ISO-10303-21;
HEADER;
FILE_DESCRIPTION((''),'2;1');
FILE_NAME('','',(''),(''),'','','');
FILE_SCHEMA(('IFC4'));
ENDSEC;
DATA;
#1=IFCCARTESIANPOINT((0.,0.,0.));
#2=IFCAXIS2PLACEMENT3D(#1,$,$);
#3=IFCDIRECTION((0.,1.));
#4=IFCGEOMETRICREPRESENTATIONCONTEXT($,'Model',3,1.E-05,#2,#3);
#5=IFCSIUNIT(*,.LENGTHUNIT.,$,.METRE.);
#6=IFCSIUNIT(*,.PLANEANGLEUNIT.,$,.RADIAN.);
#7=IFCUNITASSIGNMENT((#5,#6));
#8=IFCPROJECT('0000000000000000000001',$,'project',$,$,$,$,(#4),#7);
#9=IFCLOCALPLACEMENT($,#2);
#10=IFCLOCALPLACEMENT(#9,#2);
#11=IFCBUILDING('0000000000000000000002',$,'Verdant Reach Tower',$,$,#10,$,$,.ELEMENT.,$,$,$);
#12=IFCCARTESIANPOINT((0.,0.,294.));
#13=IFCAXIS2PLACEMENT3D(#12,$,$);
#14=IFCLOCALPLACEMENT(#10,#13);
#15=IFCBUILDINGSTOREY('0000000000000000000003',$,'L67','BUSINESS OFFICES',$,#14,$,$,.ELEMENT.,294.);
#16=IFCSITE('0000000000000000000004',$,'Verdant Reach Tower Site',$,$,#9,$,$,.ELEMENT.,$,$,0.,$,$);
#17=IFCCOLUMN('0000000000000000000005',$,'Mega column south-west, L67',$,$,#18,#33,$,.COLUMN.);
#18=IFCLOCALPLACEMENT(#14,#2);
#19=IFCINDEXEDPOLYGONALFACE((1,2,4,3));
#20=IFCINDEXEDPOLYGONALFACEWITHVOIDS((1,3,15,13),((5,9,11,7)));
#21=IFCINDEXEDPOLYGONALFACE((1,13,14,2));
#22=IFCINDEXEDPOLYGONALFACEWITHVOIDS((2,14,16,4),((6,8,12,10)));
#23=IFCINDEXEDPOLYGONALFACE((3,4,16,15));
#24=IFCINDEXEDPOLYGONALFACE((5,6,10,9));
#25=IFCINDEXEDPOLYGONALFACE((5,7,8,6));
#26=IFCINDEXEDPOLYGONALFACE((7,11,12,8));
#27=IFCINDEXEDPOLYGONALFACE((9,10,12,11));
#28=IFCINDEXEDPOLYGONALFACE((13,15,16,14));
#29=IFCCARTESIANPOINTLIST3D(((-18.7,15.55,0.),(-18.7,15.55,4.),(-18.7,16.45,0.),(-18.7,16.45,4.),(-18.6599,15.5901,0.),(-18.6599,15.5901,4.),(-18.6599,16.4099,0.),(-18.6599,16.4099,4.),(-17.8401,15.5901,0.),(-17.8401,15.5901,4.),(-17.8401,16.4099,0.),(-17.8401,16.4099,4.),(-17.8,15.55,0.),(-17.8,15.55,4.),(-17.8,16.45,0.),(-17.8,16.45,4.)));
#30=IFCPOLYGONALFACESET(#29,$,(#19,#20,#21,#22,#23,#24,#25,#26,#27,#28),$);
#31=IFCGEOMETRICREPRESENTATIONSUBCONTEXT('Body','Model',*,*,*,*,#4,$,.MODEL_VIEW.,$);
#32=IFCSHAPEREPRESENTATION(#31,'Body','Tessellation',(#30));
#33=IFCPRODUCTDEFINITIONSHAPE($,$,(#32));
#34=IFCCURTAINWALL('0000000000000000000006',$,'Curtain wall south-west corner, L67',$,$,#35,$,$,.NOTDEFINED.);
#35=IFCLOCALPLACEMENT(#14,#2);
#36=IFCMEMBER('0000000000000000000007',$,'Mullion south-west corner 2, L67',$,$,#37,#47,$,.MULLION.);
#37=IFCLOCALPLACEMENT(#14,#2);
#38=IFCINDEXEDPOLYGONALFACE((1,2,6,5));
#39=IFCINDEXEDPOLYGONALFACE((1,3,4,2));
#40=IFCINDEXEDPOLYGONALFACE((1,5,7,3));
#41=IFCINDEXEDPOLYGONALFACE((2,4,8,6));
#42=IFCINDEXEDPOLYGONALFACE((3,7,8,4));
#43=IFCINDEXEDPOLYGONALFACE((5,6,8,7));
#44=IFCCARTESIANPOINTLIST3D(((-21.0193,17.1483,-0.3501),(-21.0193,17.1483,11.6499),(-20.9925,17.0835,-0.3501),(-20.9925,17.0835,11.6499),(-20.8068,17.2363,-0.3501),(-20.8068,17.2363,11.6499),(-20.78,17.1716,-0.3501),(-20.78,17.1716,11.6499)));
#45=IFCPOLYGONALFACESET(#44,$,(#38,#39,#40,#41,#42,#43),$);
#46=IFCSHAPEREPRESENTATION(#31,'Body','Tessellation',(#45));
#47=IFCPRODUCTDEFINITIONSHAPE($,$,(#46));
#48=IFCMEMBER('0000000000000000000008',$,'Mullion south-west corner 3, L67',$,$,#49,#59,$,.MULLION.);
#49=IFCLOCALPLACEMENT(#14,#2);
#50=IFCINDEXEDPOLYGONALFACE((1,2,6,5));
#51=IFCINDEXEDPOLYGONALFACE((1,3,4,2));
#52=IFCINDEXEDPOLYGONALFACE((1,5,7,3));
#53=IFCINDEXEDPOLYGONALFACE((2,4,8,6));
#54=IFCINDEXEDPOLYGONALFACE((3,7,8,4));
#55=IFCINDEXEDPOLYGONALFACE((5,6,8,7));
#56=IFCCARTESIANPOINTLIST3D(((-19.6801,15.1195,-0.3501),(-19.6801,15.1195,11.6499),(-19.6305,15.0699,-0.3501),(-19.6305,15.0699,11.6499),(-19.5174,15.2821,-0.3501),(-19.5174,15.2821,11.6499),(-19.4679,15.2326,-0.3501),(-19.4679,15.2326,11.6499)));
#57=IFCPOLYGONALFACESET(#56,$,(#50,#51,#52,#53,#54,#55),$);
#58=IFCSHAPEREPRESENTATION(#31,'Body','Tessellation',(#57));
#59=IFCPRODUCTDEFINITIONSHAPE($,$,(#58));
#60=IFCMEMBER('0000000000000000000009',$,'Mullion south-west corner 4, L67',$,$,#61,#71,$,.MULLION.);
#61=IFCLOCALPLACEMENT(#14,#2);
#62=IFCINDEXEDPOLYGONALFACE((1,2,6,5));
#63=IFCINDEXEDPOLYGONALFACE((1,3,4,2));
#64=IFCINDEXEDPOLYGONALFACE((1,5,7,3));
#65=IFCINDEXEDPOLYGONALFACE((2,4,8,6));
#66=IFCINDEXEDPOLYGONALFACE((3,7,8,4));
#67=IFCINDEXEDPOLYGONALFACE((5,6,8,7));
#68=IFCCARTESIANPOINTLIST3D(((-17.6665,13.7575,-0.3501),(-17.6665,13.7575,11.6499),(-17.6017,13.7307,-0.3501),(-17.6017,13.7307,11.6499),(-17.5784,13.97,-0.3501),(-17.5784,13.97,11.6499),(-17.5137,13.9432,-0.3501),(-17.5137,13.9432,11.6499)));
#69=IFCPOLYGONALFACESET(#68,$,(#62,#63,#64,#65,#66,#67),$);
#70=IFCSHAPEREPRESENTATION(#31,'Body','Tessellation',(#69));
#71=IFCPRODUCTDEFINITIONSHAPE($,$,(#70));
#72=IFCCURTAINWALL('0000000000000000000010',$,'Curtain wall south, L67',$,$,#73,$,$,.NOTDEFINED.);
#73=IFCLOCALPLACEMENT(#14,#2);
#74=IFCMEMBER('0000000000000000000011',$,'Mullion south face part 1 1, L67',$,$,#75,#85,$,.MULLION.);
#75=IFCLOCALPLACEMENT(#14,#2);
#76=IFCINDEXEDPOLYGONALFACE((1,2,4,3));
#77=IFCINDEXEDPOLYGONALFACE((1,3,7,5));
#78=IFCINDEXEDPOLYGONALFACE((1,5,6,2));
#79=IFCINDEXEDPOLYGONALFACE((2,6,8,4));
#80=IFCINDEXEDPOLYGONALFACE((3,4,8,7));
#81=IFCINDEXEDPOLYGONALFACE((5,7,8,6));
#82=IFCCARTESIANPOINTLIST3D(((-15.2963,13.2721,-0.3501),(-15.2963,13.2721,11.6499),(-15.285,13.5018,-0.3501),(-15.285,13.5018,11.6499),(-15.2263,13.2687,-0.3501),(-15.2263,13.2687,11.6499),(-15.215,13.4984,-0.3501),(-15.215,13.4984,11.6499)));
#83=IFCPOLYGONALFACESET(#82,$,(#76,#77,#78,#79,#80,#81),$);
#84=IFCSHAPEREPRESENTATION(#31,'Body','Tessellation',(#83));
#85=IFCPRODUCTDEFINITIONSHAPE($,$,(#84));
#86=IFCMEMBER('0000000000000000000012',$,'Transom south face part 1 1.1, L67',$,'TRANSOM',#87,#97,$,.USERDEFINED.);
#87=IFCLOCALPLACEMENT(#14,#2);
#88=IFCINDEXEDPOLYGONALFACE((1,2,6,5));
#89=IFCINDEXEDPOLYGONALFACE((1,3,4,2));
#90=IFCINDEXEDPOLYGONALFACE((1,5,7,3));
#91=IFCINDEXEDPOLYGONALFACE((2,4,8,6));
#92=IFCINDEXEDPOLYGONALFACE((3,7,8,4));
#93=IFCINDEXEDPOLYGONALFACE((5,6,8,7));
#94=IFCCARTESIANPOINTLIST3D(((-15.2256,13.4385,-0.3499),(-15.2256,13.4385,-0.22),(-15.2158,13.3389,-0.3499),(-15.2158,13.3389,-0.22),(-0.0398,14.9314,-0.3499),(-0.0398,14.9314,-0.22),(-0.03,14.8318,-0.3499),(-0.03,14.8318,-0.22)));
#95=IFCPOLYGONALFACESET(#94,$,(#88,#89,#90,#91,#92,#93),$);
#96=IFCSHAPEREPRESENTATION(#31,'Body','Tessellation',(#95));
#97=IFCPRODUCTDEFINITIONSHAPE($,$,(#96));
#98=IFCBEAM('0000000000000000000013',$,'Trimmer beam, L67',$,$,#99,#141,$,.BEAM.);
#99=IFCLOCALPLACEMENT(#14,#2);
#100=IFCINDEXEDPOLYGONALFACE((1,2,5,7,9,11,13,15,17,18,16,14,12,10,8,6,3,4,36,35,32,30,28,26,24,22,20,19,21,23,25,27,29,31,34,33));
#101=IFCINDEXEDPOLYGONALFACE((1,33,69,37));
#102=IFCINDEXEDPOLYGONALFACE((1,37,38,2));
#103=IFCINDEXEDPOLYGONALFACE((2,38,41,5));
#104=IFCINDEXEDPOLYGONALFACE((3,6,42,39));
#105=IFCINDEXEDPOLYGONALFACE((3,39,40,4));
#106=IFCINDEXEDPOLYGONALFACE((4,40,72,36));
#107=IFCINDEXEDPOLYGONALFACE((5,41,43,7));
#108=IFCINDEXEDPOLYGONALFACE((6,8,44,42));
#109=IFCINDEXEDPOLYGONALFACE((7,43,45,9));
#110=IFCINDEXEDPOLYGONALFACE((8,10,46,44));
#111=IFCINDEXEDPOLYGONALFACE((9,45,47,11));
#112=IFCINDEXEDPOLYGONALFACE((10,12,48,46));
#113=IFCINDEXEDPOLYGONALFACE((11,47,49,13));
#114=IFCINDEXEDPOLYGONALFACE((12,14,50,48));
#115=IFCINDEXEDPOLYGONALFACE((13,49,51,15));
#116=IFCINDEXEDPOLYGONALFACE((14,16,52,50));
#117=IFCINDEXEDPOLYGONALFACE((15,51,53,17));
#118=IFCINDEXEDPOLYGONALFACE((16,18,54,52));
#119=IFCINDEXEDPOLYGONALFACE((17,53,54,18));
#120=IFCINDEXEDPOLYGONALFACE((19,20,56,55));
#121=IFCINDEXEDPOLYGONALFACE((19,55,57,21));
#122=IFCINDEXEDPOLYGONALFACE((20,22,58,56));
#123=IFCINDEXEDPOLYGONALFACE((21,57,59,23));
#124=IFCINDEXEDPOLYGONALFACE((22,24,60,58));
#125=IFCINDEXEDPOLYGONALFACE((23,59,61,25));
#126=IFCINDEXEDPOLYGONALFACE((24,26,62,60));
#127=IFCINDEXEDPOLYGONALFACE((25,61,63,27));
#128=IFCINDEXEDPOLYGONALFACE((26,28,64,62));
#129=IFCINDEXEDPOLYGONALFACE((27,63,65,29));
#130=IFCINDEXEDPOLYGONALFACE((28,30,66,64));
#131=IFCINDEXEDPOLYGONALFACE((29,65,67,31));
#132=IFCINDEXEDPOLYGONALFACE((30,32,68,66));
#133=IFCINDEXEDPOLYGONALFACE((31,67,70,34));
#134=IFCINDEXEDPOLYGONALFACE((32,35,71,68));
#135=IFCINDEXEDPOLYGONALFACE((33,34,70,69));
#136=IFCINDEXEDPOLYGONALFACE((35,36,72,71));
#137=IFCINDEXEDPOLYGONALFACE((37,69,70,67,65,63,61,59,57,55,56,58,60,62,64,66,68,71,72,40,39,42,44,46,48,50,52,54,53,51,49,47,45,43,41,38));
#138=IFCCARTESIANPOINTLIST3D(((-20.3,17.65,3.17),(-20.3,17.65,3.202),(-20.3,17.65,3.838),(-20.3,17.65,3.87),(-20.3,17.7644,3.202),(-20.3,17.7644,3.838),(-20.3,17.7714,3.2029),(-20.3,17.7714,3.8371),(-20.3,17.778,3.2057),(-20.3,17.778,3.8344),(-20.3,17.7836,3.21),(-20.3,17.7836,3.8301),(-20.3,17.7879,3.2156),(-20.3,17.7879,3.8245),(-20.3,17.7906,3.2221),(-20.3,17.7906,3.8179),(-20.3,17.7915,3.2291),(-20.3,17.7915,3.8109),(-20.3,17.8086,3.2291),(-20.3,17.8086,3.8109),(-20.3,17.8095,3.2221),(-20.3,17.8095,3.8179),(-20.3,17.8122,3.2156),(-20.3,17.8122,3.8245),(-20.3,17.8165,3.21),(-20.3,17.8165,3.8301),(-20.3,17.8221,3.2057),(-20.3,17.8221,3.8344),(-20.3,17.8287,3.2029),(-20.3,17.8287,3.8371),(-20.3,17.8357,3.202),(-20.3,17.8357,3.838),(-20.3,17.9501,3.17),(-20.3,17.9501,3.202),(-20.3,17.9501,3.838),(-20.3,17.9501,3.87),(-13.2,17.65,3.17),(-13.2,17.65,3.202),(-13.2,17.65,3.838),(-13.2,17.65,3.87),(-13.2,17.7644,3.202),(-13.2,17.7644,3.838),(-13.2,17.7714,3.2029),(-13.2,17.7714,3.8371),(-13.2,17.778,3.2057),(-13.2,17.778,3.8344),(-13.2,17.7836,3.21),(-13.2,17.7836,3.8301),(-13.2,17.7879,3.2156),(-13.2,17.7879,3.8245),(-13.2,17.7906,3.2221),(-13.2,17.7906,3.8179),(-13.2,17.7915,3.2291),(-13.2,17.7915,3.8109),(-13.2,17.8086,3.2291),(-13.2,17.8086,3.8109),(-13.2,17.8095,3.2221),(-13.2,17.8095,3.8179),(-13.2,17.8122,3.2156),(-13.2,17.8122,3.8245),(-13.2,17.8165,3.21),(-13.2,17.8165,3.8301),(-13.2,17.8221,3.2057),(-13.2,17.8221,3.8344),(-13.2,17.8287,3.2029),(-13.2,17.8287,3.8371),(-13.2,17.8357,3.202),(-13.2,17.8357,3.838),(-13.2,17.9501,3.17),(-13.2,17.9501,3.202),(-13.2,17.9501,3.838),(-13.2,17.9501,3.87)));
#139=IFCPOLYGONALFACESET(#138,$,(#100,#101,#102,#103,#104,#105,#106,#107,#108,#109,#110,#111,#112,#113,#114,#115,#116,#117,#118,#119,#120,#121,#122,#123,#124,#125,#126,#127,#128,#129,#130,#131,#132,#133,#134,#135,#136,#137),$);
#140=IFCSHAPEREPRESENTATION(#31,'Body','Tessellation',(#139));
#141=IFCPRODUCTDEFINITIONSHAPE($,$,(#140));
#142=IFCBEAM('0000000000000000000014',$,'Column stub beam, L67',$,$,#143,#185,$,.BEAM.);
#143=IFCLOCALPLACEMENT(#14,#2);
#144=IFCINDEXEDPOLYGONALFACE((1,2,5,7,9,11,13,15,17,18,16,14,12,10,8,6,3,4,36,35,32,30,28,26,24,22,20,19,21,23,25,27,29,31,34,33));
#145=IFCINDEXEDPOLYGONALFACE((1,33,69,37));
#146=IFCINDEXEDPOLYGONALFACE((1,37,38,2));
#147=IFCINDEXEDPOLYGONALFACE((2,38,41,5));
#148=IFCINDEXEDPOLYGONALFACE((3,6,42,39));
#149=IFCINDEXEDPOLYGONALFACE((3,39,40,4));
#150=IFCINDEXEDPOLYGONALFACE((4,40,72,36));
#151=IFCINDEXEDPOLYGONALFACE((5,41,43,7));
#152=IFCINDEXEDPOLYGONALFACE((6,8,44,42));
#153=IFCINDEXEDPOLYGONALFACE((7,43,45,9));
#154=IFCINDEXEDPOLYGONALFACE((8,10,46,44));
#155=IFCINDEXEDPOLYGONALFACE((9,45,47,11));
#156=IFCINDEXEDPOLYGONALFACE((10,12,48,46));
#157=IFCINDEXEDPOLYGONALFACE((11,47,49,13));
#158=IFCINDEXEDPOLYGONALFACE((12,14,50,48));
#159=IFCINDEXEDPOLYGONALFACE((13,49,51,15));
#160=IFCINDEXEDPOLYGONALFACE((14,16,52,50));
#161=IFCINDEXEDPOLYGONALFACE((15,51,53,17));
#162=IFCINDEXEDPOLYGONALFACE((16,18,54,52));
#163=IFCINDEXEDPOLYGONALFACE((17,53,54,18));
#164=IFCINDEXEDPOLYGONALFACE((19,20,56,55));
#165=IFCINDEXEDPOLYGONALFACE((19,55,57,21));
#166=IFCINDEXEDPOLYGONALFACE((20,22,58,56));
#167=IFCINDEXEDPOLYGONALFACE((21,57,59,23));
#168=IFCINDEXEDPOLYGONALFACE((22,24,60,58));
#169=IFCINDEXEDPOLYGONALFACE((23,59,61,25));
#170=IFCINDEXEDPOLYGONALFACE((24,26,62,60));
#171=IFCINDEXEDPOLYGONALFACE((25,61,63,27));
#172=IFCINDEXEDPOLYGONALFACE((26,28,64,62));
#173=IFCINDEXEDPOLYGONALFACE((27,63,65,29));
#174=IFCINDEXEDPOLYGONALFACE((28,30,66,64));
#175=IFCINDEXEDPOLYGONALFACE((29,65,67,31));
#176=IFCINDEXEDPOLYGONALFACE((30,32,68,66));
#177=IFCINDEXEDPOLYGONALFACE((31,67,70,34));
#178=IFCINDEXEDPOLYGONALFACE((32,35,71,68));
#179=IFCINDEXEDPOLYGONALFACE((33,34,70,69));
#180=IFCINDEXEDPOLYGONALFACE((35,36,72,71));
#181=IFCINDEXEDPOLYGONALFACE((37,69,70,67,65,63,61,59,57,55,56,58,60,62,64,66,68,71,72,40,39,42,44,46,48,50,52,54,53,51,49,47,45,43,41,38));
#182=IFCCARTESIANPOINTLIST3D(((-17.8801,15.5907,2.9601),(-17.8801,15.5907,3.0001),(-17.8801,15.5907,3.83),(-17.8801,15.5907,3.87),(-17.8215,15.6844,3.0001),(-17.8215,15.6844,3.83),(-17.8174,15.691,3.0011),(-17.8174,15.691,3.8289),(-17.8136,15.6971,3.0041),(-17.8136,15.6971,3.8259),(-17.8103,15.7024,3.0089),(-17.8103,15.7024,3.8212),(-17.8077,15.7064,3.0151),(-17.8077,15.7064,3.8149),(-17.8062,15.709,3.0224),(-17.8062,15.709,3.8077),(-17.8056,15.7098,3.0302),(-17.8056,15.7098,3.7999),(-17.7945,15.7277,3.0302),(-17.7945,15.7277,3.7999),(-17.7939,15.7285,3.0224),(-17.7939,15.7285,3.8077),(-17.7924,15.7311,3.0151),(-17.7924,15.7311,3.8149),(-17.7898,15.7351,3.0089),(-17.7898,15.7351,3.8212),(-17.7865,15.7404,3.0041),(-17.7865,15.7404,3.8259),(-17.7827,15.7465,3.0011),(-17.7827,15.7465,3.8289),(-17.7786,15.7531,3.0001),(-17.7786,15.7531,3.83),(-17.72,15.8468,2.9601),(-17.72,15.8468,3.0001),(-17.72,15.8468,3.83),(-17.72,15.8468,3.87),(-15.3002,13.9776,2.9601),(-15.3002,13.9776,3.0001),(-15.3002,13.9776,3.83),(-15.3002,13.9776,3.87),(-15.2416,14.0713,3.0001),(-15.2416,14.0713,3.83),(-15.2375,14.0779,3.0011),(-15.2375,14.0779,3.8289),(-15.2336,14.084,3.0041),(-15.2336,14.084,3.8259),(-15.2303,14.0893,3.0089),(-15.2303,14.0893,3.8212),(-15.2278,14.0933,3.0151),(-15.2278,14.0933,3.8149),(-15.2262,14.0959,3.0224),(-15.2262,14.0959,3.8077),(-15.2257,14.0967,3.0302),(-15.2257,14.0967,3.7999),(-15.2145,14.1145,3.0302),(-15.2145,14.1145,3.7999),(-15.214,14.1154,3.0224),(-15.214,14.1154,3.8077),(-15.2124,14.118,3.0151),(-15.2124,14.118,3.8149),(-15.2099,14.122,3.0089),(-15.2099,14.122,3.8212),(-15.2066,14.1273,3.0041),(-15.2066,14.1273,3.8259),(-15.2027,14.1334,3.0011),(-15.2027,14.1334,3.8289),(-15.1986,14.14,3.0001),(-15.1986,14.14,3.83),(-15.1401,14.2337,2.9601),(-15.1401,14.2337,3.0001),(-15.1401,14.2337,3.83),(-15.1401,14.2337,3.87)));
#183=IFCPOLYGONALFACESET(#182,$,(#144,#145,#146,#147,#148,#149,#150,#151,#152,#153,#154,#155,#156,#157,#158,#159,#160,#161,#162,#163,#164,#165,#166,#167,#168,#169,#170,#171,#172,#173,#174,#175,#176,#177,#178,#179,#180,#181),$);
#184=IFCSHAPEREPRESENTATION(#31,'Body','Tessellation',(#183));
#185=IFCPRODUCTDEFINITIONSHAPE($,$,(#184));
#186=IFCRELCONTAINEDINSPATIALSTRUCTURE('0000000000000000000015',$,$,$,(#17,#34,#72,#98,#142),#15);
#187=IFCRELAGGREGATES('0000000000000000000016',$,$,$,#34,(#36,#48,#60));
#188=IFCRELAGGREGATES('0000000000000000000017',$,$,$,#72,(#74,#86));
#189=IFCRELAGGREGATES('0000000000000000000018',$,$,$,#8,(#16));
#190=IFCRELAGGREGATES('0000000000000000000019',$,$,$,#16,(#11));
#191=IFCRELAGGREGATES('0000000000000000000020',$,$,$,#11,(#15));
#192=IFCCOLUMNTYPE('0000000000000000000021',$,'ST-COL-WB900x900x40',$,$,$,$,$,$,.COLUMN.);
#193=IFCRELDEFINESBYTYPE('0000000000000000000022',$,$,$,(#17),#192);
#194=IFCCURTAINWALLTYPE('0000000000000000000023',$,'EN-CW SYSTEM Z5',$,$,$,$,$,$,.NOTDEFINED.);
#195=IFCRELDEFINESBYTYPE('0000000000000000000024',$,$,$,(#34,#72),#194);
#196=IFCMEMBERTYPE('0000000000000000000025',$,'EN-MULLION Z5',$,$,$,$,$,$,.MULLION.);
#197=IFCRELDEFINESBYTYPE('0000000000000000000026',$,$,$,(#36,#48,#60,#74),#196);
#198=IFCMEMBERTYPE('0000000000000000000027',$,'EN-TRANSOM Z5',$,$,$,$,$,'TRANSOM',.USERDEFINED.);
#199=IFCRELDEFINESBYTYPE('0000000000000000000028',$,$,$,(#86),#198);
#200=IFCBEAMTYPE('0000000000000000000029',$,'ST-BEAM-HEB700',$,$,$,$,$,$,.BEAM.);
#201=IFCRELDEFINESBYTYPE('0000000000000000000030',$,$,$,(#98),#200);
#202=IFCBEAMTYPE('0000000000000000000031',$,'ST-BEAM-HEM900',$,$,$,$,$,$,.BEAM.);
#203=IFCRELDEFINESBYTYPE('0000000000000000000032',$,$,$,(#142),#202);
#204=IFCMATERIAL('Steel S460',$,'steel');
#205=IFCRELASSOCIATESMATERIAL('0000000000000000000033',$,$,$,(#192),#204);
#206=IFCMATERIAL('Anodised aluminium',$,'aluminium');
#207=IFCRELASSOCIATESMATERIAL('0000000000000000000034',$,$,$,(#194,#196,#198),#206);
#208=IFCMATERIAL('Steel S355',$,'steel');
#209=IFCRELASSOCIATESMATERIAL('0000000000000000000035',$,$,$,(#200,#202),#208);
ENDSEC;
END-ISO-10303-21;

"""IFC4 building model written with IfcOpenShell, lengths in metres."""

from ifc_helpers import new_model, si_unit, direction, frame, origin, origin_2d, place, context, subcontext, project, spatial, rectangle, hollow_rectangle, i_section, extrude, material, material_profile, profile_set, type_object, element, aggregate, save


model = new_model("IFC4")

# Units and contexts
model_context = context("Model", 3, precision=1e-05, world=origin(), true_north=direction((0.0, 1.0)))
body_context = subcontext(model_context, "Body", "Model", "MODEL_VIEW")
ifc_project = project(units=[si_unit("LENGTHUNIT", "METRE"), si_unit("PLANEANGLEUNIT", "RADIAN")], contexts=[model_context])

# Site, building, storey
site_placement = place(None, origin())
site = spatial("IfcSite", under=ifc_project, at=site_placement, Name="Verdant Reach Tower Site", CompositionType="ELEMENT", RefElevation=0.0)
building_placement = place(site_placement, origin())
building = spatial("IfcBuilding", under=site, at=building_placement, Name="Verdant Reach Tower", CompositionType="ELEMENT")
storey_placement = place(building_placement, frame((0.0, 0.0, 294.0)))
storey = spatial("IfcBuildingStorey", under=building, at=storey_placement, Name="L67", Description="BUSINESS OFFICES", CompositionType="ELEMENT", Elevation=294.0)

# Column
ifc_material_1 = material(Name="Steel S460", Category="steel")
ifc_material_profile_1 = material_profile(ifc_material_1, hollow_rectangle(XDim=0.8999, YDim=0.8999, WallThickness=0.04, at=origin_2d()), Name="WB 900x900x40")
ifc_profile_set_1 = profile_set([ifc_material_profile_1], Name="Steel S460")
column_type = type_object("IfcColumnType", Name="ST-COL-WB900x900x40", PredefinedType="COLUMN", material=ifc_profile_set_1)
column_placement = place(storey_placement, frame((-18.25, 16.0, 0.0), z_axis=(0.0, 0.0, 1.0), x_axis=(1.0, 0.0, 0.0)))
element("IfcColumn", 1, at=column_placement, inside=storey, type_object=column_type, Name="Mega column south-west, L67", PredefinedType="COLUMN", context=body_context, shape_type="SweptSolid", body=[
    extrude(hollow_rectangle(XDim=0.8999, YDim=0.8999, WallThickness=0.04, at=origin_2d()), origin(), (0.0, 0.0, 1.0), 4.0),
])

# Curtain walls, members
ifc_material_2 = material(Name="Anodised aluminium", Category="aluminium")
curtain_wall_type = type_object("IfcCurtainWallType", Name="EN-CW SYSTEM Z5", PredefinedType="NOTDEFINED", material=ifc_material_2)
curtain_wall_1_placement = place(storey_placement, origin())
curtain_wall_1 = element("IfcCurtainWall", 2, at=curtain_wall_1_placement, inside=storey, type_object=curtain_wall_type, Name="Curtain wall south-west corner, L67", PredefinedType="NOTDEFINED")
ifc_material_profile_2 = material_profile(ifc_material_2, rectangle(XDim=0.23, YDim=0.0701, at=origin_2d()), Name="Mullion 70x230")
ifc_profile_set_2 = profile_set([ifc_material_profile_2], Name="Anodised aluminium")
member_type_1 = type_object("IfcMemberType", Name="EN-MULLION Z5", PredefinedType="MULLION", material=ifc_profile_set_2)
member_1_placement = place(storey_placement, frame((-20.8997, 17.1599, -0.3501), z_axis=(0.0, 0.0, 1.0), x_axis=(-0.923875, -0.382694, 0.0)))
member_1 = element("IfcMember", 3, at=member_1_placement, type_object=member_type_1, Name="Mullion south-west corner 2, L67", PredefinedType="MULLION", context=body_context, shape_type="SweptSolid", body=[
    extrude(rectangle(XDim=0.23, YDim=0.0701, at=origin_2d()), origin(), (0.0, 0.0, 1.0), 12.0),
])
member_2_placement = place(storey_placement, frame((-19.574, 15.176, -0.3501), z_axis=(0.0, 0.0, 1.0), x_axis=(-0.707107, -0.707107, 0.0)))
member_2 = element("IfcMember", 4, at=member_2_placement, type_object=member_type_1, Name="Mullion south-west corner 3, L67", PredefinedType="MULLION", context=body_context, shape_type="SweptSolid", body=[
    extrude(rectangle(XDim=0.23, YDim=0.0701, at=origin_2d()), origin(), (0.0, 0.0, 1.0), 12.0),
])
member_3_placement = place(storey_placement, frame((-17.5901, 13.8503, -0.3501), z_axis=(0.0, 0.0, 1.0), x_axis=(-0.382694, -0.923875, 0.0)))
member_3 = element("IfcMember", 5, at=member_3_placement, type_object=member_type_1, Name="Mullion south-west corner 4, L67", PredefinedType="MULLION", context=body_context, shape_type="SweptSolid", body=[
    extrude(rectangle(XDim=0.23, YDim=0.0701, at=origin_2d()), origin(), (0.0, 0.0, 1.0), 12.0),
])
curtain_wall_2_placement = place(storey_placement, origin())
curtain_wall_2 = element("IfcCurtainWall", 6, at=curtain_wall_2_placement, inside=storey, type_object=curtain_wall_type, Name="Curtain wall south, L67", PredefinedType="NOTDEFINED")
member_4_placement = place(storey_placement, frame((-15.2556, 13.3853, -0.3501), z_axis=(0.0, 0.0, 1.0), x_axis=(-0.049128, -0.998793, 0.0)))
member_4 = element("IfcMember", 7, at=member_4_placement, type_object=member_type_1, Name="Mullion south face part 1 1, L67", PredefinedType="MULLION", context=body_context, shape_type="SweptSolid", body=[
    extrude(rectangle(XDim=0.23, YDim=0.0701, at=origin_2d()), origin(), (0.0, 0.0, 1.0), 12.0),
])
ifc_material_profile_3 = material_profile(ifc_material_2, rectangle(XDim=0.1001, YDim=0.1299, at=origin_2d()), Name="Transom 130x100")
ifc_profile_set_3 = profile_set([ifc_material_profile_3], Name="Anodised aluminium")
member_type_2 = type_object("IfcMemberType", Name="EN-TRANSOM Z5", ElementType="TRANSOM", PredefinedType="USERDEFINED", material=ifc_profile_set_3)
member_5_placement = place(storey_placement, frame((-15.2207, 13.3887, -0.2849), z_axis=(0.995202, 0.097839, 0.0), x_axis=(-0.097839, 0.995202, 0.0)))
member_5 = element("IfcMember", 8, at=member_5_placement, type_object=member_type_2, Name="Transom south face part 1 1.1, L67", ObjectType="TRANSOM", PredefinedType="USERDEFINED", context=body_context, shape_type="SweptSolid", body=[
    extrude(rectangle(XDim=0.1001, YDim=0.1299, at=origin_2d()), origin(), (0.0, 0.0, 1.0), 15.259),
])

# Beams
ifc_material_3 = material(Name="Steel S355", Category="steel")
ifc_material_profile_4 = material_profile(ifc_material_3, i_section(OverallWidth=0.3, OverallDepth=0.7, WebThickness=0.0171, FlangeThickness=0.032, FilletRadius=0.0271, at=origin_2d()), Name="HEB 700")
ifc_profile_set_4 = profile_set([ifc_material_profile_4], Name="Steel S355")
beam_type_1 = type_object("IfcBeamType", Name="ST-BEAM-HEB700", PredefinedType="BEAM", material=ifc_profile_set_4)
beam_1_placement = place(storey_placement, frame((-13.2, 17.8, 3.52), z_axis=(-1.0, 0.0, 0.0), x_axis=(0.0, -1.0, 0.0)))
element("IfcBeam", 9, at=beam_1_placement, inside=storey, type_object=beam_type_1, Name="Trimmer beam, L67", PredefinedType="BEAM", context=body_context, shape_type="SweptSolid", body=[
    extrude(i_section(OverallWidth=0.3, OverallDepth=0.7, WebThickness=0.0171, FlangeThickness=0.032, FilletRadius=0.0271, at=origin_2d()), origin(), (0.0, 0.0, 1.0), 7.1001),
])
ifc_material_profile_5 = material_profile(ifc_material_3, i_section(OverallWidth=0.302, OverallDepth=0.9099, WebThickness=0.021, FlangeThickness=0.04, FilletRadius=0.03, at=origin_2d()), Name="HEM 900")
ifc_profile_set_5 = profile_set([ifc_material_profile_5], Name="Steel S355")
beam_type_2 = type_object("IfcBeamType", Name="ST-BEAM-HEM900", PredefinedType="BEAM", material=ifc_profile_set_5)
beam_2_placement = place(storey_placement, frame((-17.8, 15.7188, 3.415), z_axis=(0.847904, -0.53015, 0.0), x_axis=(0.53015, 0.847904, 0.0)))
element("IfcBeam", 10, at=beam_2_placement, inside=storey, type_object=beam_type_2, Name="Column stub beam, L67", PredefinedType="BEAM", context=body_context, shape_type="SweptSolid", body=[
    extrude(i_section(OverallWidth=0.302, OverallDepth=0.9099, WebThickness=0.021, FlangeThickness=0.04, FilletRadius=0.03, at=origin_2d()), origin(), (0.0, 0.0, 1.0), 3.0427),
])

aggregate(curtain_wall_1, [member_1, member_2, member_3])
aggregate(curtain_wall_2, [member_4, member_5])

save(model, "model.ifc")
